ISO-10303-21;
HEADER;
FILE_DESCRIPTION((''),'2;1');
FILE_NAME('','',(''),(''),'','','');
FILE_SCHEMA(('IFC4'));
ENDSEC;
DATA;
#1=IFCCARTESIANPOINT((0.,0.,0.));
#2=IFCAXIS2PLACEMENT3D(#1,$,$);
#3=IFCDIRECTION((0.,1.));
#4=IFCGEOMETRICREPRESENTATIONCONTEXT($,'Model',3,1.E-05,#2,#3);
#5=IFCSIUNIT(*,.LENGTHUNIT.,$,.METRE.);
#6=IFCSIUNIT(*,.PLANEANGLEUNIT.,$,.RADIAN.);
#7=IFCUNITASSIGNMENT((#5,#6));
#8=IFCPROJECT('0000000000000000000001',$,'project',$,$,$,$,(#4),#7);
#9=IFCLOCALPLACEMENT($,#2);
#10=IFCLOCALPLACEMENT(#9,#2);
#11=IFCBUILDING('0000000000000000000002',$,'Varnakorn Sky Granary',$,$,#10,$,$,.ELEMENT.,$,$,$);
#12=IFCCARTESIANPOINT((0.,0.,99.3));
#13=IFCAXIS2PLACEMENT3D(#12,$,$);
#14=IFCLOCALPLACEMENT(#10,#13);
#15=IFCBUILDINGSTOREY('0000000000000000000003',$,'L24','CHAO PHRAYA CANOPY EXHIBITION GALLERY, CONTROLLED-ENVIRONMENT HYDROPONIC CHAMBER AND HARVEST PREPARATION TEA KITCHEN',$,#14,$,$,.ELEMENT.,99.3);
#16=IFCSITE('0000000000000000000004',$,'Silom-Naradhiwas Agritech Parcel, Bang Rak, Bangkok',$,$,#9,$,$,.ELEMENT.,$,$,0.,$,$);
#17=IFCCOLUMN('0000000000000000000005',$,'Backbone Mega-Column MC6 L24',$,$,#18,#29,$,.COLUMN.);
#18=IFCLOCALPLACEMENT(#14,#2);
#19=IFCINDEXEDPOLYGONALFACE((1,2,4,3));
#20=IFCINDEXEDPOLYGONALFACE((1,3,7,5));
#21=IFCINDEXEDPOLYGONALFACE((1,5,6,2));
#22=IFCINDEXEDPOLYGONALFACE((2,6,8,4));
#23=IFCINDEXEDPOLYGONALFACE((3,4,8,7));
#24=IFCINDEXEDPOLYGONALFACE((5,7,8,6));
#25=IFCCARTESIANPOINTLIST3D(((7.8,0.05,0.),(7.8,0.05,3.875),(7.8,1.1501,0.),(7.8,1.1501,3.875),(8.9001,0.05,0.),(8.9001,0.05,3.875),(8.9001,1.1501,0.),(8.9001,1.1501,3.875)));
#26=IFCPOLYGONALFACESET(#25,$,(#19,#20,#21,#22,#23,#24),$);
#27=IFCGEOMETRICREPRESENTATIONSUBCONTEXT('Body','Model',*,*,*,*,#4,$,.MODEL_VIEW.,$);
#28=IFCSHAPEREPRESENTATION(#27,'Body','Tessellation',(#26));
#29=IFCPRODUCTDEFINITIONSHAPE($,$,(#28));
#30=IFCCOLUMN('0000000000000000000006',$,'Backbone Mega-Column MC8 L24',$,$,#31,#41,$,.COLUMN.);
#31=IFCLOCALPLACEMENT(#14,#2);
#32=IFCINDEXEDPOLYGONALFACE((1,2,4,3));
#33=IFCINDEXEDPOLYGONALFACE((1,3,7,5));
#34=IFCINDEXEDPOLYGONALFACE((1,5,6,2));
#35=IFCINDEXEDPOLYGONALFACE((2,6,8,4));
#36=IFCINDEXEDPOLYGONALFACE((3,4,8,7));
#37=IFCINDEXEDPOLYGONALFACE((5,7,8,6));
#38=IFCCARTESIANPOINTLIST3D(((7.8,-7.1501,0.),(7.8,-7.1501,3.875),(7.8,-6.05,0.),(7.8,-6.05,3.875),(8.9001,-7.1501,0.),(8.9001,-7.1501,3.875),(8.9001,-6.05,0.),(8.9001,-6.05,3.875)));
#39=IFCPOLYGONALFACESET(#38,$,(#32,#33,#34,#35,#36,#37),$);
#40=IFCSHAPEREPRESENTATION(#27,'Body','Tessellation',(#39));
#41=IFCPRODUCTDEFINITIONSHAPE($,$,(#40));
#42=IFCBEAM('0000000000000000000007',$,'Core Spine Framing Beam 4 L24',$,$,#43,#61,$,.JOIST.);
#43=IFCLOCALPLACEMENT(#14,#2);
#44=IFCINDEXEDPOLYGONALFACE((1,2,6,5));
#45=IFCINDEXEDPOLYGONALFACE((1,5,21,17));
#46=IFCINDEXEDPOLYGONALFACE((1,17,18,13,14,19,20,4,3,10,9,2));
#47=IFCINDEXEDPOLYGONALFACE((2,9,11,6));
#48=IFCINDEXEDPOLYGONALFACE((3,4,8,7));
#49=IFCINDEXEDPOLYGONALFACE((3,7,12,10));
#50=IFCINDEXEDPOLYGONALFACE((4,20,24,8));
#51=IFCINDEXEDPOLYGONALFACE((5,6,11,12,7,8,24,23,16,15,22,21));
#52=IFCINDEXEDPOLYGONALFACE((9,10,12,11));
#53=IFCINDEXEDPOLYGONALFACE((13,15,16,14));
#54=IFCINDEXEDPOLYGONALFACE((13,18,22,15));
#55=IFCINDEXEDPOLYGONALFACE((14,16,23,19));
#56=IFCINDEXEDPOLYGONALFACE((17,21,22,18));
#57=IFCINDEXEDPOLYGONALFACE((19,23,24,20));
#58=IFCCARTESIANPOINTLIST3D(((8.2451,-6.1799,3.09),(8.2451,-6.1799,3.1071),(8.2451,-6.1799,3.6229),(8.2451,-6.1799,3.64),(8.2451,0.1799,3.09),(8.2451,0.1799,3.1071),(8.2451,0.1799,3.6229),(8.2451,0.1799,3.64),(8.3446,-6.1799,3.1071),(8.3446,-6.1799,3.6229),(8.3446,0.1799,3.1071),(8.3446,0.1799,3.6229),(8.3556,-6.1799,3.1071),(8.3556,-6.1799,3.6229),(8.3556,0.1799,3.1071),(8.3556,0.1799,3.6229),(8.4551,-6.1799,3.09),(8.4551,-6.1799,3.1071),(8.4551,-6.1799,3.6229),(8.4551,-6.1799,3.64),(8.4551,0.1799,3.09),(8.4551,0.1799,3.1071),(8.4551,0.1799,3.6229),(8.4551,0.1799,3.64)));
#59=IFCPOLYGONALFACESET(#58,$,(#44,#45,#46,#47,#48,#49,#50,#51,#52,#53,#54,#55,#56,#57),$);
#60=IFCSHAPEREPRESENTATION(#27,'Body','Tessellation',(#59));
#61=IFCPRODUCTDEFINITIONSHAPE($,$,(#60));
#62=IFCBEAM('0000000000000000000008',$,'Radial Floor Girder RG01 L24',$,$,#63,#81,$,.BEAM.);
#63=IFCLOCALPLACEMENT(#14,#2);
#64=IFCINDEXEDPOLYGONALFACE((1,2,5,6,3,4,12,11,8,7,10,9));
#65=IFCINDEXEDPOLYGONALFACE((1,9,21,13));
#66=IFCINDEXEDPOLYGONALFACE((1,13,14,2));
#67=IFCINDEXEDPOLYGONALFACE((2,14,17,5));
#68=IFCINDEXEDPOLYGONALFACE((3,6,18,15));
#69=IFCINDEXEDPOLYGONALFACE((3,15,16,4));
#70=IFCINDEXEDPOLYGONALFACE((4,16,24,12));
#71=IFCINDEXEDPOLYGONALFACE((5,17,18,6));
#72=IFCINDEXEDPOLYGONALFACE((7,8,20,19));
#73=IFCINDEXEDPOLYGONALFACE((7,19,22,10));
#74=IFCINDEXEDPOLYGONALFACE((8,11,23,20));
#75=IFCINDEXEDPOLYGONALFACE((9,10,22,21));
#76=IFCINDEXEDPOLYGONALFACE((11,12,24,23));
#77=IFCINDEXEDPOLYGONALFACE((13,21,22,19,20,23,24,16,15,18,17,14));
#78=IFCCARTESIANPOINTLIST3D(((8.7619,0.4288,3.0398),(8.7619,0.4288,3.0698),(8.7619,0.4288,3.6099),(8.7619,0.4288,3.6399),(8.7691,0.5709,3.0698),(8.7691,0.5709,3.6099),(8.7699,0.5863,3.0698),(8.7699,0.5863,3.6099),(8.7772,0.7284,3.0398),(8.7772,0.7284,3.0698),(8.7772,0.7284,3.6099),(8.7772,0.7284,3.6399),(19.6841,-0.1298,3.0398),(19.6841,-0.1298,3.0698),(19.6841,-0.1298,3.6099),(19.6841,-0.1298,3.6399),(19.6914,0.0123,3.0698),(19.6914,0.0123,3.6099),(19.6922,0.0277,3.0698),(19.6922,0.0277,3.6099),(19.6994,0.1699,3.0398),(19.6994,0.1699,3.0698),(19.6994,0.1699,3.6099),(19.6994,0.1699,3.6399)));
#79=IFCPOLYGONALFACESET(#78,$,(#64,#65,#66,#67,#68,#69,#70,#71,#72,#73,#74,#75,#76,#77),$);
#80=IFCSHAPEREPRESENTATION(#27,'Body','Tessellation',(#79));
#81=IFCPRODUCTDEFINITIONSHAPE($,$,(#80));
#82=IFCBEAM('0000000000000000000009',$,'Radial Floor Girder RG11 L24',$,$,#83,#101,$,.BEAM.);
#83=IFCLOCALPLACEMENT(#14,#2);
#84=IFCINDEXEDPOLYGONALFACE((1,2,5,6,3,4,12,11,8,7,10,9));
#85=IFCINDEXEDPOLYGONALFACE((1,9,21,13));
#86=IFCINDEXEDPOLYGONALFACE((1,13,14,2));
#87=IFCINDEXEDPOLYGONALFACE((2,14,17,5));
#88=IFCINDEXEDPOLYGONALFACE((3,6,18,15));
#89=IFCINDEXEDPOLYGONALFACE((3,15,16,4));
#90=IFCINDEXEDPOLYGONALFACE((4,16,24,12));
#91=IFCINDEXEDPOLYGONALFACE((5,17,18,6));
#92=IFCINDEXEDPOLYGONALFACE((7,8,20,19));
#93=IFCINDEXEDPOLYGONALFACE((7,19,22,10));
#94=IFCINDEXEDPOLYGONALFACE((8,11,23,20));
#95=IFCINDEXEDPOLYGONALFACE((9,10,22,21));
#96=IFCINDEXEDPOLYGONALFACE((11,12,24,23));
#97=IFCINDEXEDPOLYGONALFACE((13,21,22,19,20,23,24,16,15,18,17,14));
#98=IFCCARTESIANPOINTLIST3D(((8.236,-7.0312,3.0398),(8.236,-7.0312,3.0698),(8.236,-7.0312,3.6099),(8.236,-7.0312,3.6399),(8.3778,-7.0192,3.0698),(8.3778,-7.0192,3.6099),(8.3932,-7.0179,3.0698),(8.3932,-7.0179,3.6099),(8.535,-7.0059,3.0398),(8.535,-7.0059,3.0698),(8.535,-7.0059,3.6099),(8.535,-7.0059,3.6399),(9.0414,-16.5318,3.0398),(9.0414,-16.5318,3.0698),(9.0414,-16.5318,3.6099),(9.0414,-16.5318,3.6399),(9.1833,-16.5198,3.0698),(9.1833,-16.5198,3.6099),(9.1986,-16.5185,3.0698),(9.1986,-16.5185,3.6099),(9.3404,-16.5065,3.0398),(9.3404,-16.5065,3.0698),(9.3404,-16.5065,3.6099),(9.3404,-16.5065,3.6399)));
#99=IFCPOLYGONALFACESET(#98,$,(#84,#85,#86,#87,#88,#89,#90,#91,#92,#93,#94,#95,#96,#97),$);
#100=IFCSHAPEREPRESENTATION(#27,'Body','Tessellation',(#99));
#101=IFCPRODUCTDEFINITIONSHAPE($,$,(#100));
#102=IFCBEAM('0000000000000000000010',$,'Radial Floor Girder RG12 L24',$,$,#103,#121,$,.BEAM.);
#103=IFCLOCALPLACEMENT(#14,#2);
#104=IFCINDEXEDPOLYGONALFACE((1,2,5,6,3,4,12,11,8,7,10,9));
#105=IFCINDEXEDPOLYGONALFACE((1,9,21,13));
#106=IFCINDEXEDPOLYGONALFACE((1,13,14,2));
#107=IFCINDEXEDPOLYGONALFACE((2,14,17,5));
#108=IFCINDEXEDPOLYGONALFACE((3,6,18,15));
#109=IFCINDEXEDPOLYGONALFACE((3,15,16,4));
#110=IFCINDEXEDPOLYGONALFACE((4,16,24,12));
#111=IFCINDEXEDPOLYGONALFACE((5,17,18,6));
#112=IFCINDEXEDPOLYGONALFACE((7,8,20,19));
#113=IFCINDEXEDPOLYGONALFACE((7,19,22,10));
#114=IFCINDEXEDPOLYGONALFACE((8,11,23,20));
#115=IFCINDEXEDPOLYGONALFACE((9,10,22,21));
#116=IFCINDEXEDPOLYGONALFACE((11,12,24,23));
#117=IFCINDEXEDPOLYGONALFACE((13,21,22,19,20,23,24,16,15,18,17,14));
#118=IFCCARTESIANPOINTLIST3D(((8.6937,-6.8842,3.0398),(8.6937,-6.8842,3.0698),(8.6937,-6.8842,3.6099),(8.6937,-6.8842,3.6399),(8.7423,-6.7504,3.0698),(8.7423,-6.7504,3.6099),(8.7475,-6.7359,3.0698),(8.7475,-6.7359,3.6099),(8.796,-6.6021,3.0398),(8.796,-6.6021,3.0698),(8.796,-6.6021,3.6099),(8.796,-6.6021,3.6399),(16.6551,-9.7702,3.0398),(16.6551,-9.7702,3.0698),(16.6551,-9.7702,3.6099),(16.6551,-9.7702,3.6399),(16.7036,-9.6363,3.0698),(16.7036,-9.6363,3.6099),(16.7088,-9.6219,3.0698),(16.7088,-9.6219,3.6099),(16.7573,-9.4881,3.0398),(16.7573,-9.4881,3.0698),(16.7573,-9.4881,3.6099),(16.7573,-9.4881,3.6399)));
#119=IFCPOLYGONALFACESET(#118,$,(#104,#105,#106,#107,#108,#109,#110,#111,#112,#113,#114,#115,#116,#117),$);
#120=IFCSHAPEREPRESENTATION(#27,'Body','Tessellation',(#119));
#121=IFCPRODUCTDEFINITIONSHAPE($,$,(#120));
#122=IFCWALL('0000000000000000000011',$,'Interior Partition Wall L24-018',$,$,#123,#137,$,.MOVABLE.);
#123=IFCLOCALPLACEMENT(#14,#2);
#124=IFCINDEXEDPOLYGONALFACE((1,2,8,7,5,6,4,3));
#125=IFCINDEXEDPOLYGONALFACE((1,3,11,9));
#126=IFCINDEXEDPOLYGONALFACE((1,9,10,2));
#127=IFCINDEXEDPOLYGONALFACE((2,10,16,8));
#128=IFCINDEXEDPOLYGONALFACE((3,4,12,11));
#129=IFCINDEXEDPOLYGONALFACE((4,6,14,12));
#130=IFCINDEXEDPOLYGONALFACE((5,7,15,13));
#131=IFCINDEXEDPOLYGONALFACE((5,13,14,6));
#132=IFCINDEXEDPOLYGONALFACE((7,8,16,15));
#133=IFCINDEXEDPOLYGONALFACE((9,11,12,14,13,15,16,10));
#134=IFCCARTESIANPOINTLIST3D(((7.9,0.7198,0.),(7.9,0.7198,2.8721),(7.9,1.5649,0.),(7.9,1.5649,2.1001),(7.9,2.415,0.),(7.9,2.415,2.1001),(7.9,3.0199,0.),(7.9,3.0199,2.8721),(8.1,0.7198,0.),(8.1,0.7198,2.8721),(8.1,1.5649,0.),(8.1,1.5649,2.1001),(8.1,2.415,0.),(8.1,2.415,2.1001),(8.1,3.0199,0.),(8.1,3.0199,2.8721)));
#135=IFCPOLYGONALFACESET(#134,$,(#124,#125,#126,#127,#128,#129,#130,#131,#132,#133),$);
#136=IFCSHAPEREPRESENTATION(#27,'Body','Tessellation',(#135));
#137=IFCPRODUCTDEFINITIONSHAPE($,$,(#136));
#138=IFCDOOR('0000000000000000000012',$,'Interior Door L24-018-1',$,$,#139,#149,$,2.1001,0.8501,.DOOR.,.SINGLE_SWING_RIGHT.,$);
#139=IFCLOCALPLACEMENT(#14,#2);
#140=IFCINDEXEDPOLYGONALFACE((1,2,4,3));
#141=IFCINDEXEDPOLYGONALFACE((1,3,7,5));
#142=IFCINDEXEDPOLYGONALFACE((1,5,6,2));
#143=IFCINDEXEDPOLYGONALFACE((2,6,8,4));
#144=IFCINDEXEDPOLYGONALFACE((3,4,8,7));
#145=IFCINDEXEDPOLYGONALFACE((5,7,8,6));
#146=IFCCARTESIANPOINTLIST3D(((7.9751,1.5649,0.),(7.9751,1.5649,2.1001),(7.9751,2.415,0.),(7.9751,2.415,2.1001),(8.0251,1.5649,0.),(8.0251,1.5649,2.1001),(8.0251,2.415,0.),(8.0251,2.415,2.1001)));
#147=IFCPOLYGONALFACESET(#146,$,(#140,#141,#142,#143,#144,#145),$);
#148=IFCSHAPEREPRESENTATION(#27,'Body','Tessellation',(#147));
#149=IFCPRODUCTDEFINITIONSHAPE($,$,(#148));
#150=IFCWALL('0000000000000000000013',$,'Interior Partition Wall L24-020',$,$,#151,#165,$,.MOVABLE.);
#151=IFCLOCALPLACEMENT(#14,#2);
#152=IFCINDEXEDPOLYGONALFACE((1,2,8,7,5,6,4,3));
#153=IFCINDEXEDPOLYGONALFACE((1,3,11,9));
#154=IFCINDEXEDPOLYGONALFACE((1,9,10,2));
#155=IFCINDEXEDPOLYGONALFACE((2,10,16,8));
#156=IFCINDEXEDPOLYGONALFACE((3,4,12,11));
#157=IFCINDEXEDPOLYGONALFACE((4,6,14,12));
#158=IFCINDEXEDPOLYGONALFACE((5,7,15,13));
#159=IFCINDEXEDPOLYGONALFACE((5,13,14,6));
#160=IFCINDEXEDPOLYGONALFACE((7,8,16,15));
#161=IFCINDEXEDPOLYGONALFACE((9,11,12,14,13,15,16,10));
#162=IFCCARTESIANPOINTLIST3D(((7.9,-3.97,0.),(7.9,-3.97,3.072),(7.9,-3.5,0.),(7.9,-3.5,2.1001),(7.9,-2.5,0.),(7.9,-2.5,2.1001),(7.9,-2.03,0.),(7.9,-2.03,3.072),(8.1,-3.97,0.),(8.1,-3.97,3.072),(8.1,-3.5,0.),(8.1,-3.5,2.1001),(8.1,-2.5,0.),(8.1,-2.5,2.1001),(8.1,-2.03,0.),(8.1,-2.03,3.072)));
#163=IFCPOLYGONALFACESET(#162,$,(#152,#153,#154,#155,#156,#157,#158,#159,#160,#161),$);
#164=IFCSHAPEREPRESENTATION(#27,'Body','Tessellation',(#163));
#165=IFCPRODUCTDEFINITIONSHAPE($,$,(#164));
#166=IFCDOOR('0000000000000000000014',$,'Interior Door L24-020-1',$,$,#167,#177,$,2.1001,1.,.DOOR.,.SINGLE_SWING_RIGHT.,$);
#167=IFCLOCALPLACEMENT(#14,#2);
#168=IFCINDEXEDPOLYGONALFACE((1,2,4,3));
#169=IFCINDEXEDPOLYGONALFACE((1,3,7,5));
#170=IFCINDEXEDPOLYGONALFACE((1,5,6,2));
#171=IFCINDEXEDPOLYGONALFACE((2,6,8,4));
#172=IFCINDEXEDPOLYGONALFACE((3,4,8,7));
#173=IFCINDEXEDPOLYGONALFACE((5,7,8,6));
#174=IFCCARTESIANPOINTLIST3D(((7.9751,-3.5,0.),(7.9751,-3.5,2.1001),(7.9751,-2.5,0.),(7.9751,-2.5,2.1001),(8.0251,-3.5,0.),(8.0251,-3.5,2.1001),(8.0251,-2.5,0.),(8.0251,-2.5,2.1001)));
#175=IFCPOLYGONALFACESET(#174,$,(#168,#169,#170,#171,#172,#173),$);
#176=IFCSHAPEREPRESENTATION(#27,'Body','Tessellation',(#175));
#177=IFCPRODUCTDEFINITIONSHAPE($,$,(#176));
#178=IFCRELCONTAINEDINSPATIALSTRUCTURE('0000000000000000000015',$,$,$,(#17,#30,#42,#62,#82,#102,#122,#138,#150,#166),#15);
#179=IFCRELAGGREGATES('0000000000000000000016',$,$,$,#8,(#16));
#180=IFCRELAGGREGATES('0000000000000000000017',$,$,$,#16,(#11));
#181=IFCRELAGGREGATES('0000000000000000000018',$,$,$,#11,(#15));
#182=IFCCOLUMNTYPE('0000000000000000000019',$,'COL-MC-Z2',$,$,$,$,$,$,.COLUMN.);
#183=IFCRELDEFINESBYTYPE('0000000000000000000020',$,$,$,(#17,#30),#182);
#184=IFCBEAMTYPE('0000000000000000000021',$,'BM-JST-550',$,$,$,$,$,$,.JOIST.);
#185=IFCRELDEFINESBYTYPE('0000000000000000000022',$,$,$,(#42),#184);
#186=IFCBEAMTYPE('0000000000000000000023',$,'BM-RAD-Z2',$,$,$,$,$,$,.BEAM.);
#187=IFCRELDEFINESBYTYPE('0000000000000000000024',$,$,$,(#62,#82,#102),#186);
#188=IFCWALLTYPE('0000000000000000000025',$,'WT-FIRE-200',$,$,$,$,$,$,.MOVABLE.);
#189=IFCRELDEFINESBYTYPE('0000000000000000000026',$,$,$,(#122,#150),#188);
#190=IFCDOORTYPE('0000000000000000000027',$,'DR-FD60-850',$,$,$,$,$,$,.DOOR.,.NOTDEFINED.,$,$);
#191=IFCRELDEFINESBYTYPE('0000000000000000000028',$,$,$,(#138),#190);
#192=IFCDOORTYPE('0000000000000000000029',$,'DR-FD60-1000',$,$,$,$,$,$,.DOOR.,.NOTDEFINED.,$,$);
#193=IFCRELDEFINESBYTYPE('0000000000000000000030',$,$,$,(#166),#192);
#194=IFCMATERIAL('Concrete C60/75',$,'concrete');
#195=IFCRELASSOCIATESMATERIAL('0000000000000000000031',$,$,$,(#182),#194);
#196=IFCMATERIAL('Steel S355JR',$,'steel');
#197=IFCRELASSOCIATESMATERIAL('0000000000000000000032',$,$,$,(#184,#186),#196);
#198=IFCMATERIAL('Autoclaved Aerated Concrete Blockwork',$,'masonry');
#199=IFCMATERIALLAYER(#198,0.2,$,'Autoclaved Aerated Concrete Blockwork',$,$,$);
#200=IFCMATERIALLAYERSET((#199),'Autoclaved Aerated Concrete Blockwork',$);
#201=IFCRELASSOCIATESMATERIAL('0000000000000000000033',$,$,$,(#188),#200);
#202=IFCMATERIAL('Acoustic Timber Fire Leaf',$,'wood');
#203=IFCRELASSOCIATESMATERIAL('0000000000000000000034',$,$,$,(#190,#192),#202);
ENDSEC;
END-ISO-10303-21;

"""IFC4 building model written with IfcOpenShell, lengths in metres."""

from ifc_helpers import new_model, si_unit, direction, frame, frame_2d, origin, origin_2d, place, context, subcontext, project, spatial, rectangle, i_section, extrude, material, layer, layer_set, material_profile, profile_set, type_object, element, fill, save


model = new_model("IFC4")

# Units and contexts
model_context = context("Model", 3, precision=1e-05, world=origin(), true_north=direction((0.0, 1.0)))
body_context = subcontext(model_context, "Body", "Model", "MODEL_VIEW")
ifc_project = project(units=[si_unit("LENGTHUNIT", "METRE"), si_unit("PLANEANGLEUNIT", "RADIAN")], contexts=[model_context])

# Site, building, storey
site_placement = place(None, origin())
site = spatial("IfcSite", under=ifc_project, at=site_placement, Name="Silom-Naradhiwas Agritech Parcel, Bang Rak, Bangkok", CompositionType="ELEMENT", RefElevation=0.0)
building_placement = place(site_placement, origin())
building = spatial("IfcBuilding", under=site, at=building_placement, Name="Varnakorn Sky Granary", CompositionType="ELEMENT")
storey_placement = place(building_placement, frame((0.0, 0.0, 99.3)))
storey = spatial("IfcBuildingStorey", under=building, at=storey_placement, Name="L24", Description="CHAO PHRAYA CANOPY EXHIBITION GALLERY, CONTROLLED-ENVIRONMENT HYDROPONIC CHAMBER AND HARVEST PREPARATION TEA KITCHEN", CompositionType="ELEMENT", Elevation=99.3)

# Columns
ifc_material_1 = material(Name="Concrete C60/75", Category="concrete")
ifc_material_profile_1 = material_profile(ifc_material_1, rectangle(XDim=1.1001, YDim=1.1001, at=origin_2d()), Name="RC 1100x1100")
ifc_profile_set_1 = profile_set([ifc_material_profile_1], Name="Concrete C60/75")
column_type = type_object("IfcColumnType", Name="COL-MC-Z2", PredefinedType="COLUMN", material=ifc_profile_set_1)
for number, where, z_axis, x_axis, name in (
    (1, (8.3501, 0.6001, 0.0), (0.0, 0.0, 1.0), (1.0, 0.0, 0.0), "Backbone Mega-Column MC6 L24"),
    (2, (8.3501, -6.6001, 0.0), (0.0, 0.0, 1.0), (1.0, 0.0, 0.0), "Backbone Mega-Column MC8 L24"),
):
    element("IfcColumn", number, at=place(storey_placement, frame(where, z_axis=z_axis, x_axis=x_axis)), inside=storey, type_object=column_type, Name=name, PredefinedType="COLUMN", context=body_context, shape_type="SweptSolid", body=[
        extrude(rectangle(XDim=1.1001, YDim=1.1001, at=origin_2d()), origin(), (0.0, 0.0, 1.0), 3.875),
    ])

# Beams
ifc_material_2 = material(Name="Steel S355JR", Category="steel")
ifc_material_profile_2 = material_profile(ifc_material_2, i_section(OverallWidth=0.21, OverallDepth=0.55, WebThickness=0.011, FlangeThickness=0.0171, at=origin_2d()), Name="IPE 550")
ifc_profile_set_2 = profile_set([ifc_material_profile_2], Name="Steel S355JR")
beam_type_1 = type_object("IfcBeamType", Name="BM-JST-550", PredefinedType="JOIST", material=ifc_profile_set_2)
beam_1_placement = place(storey_placement, frame((8.3501, 0.1799, 3.365), z_axis=(0.0, -1.0, 0.0), x_axis=(1.0, 0.0, 0.0)))
element("IfcBeam", 3, at=beam_1_placement, inside=storey, type_object=beam_type_1, Name="Core Spine Framing Beam 4 L24", PredefinedType="JOIST", context=body_context, shape_type="SweptSolid", body=[
    extrude(i_section(OverallWidth=0.21, OverallDepth=0.55, WebThickness=0.011, FlangeThickness=0.0171, at=origin_2d()), origin(), (0.0, 0.0, 1.0), 6.3599),
])
ifc_material_profile_3 = material_profile(ifc_material_2, i_section(OverallWidth=0.3, OverallDepth=0.6001, WebThickness=0.0154, FlangeThickness=0.03, at=origin_2d()), Name="HE 600 B")
ifc_profile_set_3 = profile_set([ifc_material_profile_3], Name="Steel S355JR")
beam_type_2 = type_object("IfcBeamType", Name="BM-RAD-Z2", PredefinedType="BEAM", material=ifc_profile_set_3)
beam_2_placement = place(storey_placement, frame((8.7695, 0.5786, 3.3398), z_axis=(0.998695, -0.051075, 0.0), x_axis=(0.051075, 0.998695, 0.0)))
element("IfcBeam", 4, at=beam_2_placement, inside=storey, type_object=beam_type_2, Name="Radial Floor Girder RG01 L24", PredefinedType="BEAM", context=body_context, shape_type="SweptSolid", body=[
    extrude(i_section(OverallWidth=0.3, OverallDepth=0.6001, WebThickness=0.0154, FlangeThickness=0.03, at=origin_2d()), origin(), (0.0, 0.0, 1.0), 10.9365),
])
beam_3_placement = place(storey_placement, frame((8.3855, -7.0186, 3.3398), z_axis=(0.084474, -0.996426, 0.0), x_axis=(0.996426, 0.084474, 0.0)))
element("IfcBeam", 5, at=beam_3_placement, inside=storey, type_object=beam_type_2, Name="Radial Floor Girder RG11 L24", PredefinedType="BEAM", context=body_context, shape_type="SweptSolid", body=[
    extrude(i_section(OverallWidth=0.3, OverallDepth=0.6001, WebThickness=0.0154, FlangeThickness=0.03, at=origin_2d()), origin(), (0.0, 0.0, 1.0), 9.5347),
])
beam_4_placement = place(storey_placement, frame((8.7449, -6.7432, 3.3398), z_axis=(0.940137, -0.340796, 0.0), x_axis=(0.340796, 0.940137, 0.0)))
element("IfcBeam", 6, at=beam_4_placement, inside=storey, type_object=beam_type_2, Name="Radial Floor Girder RG12 L24", PredefinedType="BEAM", context=body_context, shape_type="SweptSolid", body=[
    extrude(i_section(OverallWidth=0.3, OverallDepth=0.6001, WebThickness=0.0154, FlangeThickness=0.03, at=origin_2d()), origin(), (0.0, 0.0, 1.0), 8.4683),
])

# Walls, openings, doors
ifc_material_3 = material(Name="Autoclaved Aerated Concrete Blockwork", Category="masonry")
ifc_layer_1 = layer(ifc_material_3, 0.2, Name="Autoclaved Aerated Concrete Blockwork")
ifc_layer_set_1 = layer_set([ifc_layer_1], Name="Autoclaved Aerated Concrete Blockwork")
wall_type_1 = type_object("IfcWallType", Name="WT-FIRE-200", PredefinedType="MOVABLE", material=ifc_layer_set_1)
wall_1_placement = place(storey_placement, frame((8.0, 0.72, 0.0), z_axis=(0.0, 0.0, 1.0), x_axis=(0.0, 1.0, 0.0)))
wall_1 = element("IfcWall", 7, at=wall_1_placement, inside=storey, type_object=wall_type_1, Name="Interior Partition Wall L24-018", PredefinedType="MOVABLE", context=body_context, shape_type="SweptSolid", body=[
    extrude(rectangle(XDim=2.3, YDim=0.2, at=frame_2d((1.1499, 0.0))), origin(), (0.0, 0.0, 1.0), 2.8721),
])
opening_1_placement = place(wall_1_placement, frame((0.845, 0.0, 0.0)))
opening_1 = element("IfcOpeningElement", 8, at=opening_1_placement, cuts=wall_1, PredefinedType="OPENING", context=body_context, shape_type="SweptSolid", body=[
    extrude(rectangle(XDim=0.8501, YDim=2.1001, at=frame_2d((0.425, 1.05))), frame((0.0, 0.1099, 0.0), z_axis=(0.0, -1.0, 0.0), x_axis=(1.0, 0.0, 0.0)), (0.0, 0.0, 1.0), 0.22),
])
ifc_material_4 = material(Name="Acoustic Timber Fire Leaf", Category="wood")
door_type_1 = type_object("IfcDoorType", Name="DR-FD60-850", OperationType="NOTDEFINED", PredefinedType="DOOR", material=ifc_material_4)
door_1_placement = place(opening_1_placement, origin())
door_1 = element("IfcDoor", 9, at=door_1_placement, inside=storey, type_object=door_type_1, Name="Interior Door L24-018-1", OperationType="SINGLE_SWING_RIGHT", OverallHeight=2.1001, OverallWidth=0.8501, PredefinedType="DOOR", context=body_context, shape_type="SweptSolid", body=[
    extrude(rectangle(XDim=0.8501, YDim=2.1001, at=frame_2d((0.425, 1.05))), frame((0.0, 0.0249, 0.0), z_axis=(0.0, -1.0, 0.0), x_axis=(1.0, 0.0, 0.0)), (0.0, 0.0, 1.0), 0.05),
])
fill(opening_1, door_1)
wall_2_placement = place(storey_placement, frame((8.0, -3.97, 0.0), z_axis=(0.0, 0.0, 1.0), x_axis=(0.0, 1.0, 0.0)))
wall_2 = element("IfcWall", 10, at=wall_2_placement, inside=storey, type_object=wall_type_1, Name="Interior Partition Wall L24-020", PredefinedType="MOVABLE", context=body_context, shape_type="SweptSolid", body=[
    extrude(rectangle(XDim=1.9399, YDim=0.2, at=frame_2d((0.97, 0.0))), origin(), (0.0, 0.0, 1.0), 3.072),
])
opening_2_placement = place(wall_2_placement, frame((0.47, 0.0, 0.0)))
opening_2 = element("IfcOpeningElement", 11, at=opening_2_placement, cuts=wall_2, PredefinedType="OPENING", context=body_context, shape_type="SweptSolid", body=[
    extrude(rectangle(XDim=1.0, YDim=2.1001, at=frame_2d((0.5, 1.05))), frame((0.0, 0.1099, 0.0), z_axis=(0.0, -1.0, 0.0), x_axis=(1.0, 0.0, 0.0)), (0.0, 0.0, 1.0), 0.22),
])
door_type_2 = type_object("IfcDoorType", Name="DR-FD60-1000", OperationType="NOTDEFINED", PredefinedType="DOOR", material=ifc_material_4)
door_2_placement = place(opening_2_placement, origin())
door_2 = element("IfcDoor", 12, at=door_2_placement, inside=storey, type_object=door_type_2, Name="Interior Door L24-020-1", OperationType="SINGLE_SWING_RIGHT", OverallHeight=2.1001, OverallWidth=1.0, PredefinedType="DOOR", context=body_context, shape_type="SweptSolid", body=[
    extrude(rectangle(XDim=1.0, YDim=2.1001, at=frame_2d((0.5, 1.05))), frame((0.0, 0.0249, 0.0), z_axis=(0.0, -1.0, 0.0), x_axis=(1.0, 0.0, 0.0)), (0.0, 0.0, 1.0), 0.05),
])
fill(opening_2, door_2)

save(model, "model.ifc")
